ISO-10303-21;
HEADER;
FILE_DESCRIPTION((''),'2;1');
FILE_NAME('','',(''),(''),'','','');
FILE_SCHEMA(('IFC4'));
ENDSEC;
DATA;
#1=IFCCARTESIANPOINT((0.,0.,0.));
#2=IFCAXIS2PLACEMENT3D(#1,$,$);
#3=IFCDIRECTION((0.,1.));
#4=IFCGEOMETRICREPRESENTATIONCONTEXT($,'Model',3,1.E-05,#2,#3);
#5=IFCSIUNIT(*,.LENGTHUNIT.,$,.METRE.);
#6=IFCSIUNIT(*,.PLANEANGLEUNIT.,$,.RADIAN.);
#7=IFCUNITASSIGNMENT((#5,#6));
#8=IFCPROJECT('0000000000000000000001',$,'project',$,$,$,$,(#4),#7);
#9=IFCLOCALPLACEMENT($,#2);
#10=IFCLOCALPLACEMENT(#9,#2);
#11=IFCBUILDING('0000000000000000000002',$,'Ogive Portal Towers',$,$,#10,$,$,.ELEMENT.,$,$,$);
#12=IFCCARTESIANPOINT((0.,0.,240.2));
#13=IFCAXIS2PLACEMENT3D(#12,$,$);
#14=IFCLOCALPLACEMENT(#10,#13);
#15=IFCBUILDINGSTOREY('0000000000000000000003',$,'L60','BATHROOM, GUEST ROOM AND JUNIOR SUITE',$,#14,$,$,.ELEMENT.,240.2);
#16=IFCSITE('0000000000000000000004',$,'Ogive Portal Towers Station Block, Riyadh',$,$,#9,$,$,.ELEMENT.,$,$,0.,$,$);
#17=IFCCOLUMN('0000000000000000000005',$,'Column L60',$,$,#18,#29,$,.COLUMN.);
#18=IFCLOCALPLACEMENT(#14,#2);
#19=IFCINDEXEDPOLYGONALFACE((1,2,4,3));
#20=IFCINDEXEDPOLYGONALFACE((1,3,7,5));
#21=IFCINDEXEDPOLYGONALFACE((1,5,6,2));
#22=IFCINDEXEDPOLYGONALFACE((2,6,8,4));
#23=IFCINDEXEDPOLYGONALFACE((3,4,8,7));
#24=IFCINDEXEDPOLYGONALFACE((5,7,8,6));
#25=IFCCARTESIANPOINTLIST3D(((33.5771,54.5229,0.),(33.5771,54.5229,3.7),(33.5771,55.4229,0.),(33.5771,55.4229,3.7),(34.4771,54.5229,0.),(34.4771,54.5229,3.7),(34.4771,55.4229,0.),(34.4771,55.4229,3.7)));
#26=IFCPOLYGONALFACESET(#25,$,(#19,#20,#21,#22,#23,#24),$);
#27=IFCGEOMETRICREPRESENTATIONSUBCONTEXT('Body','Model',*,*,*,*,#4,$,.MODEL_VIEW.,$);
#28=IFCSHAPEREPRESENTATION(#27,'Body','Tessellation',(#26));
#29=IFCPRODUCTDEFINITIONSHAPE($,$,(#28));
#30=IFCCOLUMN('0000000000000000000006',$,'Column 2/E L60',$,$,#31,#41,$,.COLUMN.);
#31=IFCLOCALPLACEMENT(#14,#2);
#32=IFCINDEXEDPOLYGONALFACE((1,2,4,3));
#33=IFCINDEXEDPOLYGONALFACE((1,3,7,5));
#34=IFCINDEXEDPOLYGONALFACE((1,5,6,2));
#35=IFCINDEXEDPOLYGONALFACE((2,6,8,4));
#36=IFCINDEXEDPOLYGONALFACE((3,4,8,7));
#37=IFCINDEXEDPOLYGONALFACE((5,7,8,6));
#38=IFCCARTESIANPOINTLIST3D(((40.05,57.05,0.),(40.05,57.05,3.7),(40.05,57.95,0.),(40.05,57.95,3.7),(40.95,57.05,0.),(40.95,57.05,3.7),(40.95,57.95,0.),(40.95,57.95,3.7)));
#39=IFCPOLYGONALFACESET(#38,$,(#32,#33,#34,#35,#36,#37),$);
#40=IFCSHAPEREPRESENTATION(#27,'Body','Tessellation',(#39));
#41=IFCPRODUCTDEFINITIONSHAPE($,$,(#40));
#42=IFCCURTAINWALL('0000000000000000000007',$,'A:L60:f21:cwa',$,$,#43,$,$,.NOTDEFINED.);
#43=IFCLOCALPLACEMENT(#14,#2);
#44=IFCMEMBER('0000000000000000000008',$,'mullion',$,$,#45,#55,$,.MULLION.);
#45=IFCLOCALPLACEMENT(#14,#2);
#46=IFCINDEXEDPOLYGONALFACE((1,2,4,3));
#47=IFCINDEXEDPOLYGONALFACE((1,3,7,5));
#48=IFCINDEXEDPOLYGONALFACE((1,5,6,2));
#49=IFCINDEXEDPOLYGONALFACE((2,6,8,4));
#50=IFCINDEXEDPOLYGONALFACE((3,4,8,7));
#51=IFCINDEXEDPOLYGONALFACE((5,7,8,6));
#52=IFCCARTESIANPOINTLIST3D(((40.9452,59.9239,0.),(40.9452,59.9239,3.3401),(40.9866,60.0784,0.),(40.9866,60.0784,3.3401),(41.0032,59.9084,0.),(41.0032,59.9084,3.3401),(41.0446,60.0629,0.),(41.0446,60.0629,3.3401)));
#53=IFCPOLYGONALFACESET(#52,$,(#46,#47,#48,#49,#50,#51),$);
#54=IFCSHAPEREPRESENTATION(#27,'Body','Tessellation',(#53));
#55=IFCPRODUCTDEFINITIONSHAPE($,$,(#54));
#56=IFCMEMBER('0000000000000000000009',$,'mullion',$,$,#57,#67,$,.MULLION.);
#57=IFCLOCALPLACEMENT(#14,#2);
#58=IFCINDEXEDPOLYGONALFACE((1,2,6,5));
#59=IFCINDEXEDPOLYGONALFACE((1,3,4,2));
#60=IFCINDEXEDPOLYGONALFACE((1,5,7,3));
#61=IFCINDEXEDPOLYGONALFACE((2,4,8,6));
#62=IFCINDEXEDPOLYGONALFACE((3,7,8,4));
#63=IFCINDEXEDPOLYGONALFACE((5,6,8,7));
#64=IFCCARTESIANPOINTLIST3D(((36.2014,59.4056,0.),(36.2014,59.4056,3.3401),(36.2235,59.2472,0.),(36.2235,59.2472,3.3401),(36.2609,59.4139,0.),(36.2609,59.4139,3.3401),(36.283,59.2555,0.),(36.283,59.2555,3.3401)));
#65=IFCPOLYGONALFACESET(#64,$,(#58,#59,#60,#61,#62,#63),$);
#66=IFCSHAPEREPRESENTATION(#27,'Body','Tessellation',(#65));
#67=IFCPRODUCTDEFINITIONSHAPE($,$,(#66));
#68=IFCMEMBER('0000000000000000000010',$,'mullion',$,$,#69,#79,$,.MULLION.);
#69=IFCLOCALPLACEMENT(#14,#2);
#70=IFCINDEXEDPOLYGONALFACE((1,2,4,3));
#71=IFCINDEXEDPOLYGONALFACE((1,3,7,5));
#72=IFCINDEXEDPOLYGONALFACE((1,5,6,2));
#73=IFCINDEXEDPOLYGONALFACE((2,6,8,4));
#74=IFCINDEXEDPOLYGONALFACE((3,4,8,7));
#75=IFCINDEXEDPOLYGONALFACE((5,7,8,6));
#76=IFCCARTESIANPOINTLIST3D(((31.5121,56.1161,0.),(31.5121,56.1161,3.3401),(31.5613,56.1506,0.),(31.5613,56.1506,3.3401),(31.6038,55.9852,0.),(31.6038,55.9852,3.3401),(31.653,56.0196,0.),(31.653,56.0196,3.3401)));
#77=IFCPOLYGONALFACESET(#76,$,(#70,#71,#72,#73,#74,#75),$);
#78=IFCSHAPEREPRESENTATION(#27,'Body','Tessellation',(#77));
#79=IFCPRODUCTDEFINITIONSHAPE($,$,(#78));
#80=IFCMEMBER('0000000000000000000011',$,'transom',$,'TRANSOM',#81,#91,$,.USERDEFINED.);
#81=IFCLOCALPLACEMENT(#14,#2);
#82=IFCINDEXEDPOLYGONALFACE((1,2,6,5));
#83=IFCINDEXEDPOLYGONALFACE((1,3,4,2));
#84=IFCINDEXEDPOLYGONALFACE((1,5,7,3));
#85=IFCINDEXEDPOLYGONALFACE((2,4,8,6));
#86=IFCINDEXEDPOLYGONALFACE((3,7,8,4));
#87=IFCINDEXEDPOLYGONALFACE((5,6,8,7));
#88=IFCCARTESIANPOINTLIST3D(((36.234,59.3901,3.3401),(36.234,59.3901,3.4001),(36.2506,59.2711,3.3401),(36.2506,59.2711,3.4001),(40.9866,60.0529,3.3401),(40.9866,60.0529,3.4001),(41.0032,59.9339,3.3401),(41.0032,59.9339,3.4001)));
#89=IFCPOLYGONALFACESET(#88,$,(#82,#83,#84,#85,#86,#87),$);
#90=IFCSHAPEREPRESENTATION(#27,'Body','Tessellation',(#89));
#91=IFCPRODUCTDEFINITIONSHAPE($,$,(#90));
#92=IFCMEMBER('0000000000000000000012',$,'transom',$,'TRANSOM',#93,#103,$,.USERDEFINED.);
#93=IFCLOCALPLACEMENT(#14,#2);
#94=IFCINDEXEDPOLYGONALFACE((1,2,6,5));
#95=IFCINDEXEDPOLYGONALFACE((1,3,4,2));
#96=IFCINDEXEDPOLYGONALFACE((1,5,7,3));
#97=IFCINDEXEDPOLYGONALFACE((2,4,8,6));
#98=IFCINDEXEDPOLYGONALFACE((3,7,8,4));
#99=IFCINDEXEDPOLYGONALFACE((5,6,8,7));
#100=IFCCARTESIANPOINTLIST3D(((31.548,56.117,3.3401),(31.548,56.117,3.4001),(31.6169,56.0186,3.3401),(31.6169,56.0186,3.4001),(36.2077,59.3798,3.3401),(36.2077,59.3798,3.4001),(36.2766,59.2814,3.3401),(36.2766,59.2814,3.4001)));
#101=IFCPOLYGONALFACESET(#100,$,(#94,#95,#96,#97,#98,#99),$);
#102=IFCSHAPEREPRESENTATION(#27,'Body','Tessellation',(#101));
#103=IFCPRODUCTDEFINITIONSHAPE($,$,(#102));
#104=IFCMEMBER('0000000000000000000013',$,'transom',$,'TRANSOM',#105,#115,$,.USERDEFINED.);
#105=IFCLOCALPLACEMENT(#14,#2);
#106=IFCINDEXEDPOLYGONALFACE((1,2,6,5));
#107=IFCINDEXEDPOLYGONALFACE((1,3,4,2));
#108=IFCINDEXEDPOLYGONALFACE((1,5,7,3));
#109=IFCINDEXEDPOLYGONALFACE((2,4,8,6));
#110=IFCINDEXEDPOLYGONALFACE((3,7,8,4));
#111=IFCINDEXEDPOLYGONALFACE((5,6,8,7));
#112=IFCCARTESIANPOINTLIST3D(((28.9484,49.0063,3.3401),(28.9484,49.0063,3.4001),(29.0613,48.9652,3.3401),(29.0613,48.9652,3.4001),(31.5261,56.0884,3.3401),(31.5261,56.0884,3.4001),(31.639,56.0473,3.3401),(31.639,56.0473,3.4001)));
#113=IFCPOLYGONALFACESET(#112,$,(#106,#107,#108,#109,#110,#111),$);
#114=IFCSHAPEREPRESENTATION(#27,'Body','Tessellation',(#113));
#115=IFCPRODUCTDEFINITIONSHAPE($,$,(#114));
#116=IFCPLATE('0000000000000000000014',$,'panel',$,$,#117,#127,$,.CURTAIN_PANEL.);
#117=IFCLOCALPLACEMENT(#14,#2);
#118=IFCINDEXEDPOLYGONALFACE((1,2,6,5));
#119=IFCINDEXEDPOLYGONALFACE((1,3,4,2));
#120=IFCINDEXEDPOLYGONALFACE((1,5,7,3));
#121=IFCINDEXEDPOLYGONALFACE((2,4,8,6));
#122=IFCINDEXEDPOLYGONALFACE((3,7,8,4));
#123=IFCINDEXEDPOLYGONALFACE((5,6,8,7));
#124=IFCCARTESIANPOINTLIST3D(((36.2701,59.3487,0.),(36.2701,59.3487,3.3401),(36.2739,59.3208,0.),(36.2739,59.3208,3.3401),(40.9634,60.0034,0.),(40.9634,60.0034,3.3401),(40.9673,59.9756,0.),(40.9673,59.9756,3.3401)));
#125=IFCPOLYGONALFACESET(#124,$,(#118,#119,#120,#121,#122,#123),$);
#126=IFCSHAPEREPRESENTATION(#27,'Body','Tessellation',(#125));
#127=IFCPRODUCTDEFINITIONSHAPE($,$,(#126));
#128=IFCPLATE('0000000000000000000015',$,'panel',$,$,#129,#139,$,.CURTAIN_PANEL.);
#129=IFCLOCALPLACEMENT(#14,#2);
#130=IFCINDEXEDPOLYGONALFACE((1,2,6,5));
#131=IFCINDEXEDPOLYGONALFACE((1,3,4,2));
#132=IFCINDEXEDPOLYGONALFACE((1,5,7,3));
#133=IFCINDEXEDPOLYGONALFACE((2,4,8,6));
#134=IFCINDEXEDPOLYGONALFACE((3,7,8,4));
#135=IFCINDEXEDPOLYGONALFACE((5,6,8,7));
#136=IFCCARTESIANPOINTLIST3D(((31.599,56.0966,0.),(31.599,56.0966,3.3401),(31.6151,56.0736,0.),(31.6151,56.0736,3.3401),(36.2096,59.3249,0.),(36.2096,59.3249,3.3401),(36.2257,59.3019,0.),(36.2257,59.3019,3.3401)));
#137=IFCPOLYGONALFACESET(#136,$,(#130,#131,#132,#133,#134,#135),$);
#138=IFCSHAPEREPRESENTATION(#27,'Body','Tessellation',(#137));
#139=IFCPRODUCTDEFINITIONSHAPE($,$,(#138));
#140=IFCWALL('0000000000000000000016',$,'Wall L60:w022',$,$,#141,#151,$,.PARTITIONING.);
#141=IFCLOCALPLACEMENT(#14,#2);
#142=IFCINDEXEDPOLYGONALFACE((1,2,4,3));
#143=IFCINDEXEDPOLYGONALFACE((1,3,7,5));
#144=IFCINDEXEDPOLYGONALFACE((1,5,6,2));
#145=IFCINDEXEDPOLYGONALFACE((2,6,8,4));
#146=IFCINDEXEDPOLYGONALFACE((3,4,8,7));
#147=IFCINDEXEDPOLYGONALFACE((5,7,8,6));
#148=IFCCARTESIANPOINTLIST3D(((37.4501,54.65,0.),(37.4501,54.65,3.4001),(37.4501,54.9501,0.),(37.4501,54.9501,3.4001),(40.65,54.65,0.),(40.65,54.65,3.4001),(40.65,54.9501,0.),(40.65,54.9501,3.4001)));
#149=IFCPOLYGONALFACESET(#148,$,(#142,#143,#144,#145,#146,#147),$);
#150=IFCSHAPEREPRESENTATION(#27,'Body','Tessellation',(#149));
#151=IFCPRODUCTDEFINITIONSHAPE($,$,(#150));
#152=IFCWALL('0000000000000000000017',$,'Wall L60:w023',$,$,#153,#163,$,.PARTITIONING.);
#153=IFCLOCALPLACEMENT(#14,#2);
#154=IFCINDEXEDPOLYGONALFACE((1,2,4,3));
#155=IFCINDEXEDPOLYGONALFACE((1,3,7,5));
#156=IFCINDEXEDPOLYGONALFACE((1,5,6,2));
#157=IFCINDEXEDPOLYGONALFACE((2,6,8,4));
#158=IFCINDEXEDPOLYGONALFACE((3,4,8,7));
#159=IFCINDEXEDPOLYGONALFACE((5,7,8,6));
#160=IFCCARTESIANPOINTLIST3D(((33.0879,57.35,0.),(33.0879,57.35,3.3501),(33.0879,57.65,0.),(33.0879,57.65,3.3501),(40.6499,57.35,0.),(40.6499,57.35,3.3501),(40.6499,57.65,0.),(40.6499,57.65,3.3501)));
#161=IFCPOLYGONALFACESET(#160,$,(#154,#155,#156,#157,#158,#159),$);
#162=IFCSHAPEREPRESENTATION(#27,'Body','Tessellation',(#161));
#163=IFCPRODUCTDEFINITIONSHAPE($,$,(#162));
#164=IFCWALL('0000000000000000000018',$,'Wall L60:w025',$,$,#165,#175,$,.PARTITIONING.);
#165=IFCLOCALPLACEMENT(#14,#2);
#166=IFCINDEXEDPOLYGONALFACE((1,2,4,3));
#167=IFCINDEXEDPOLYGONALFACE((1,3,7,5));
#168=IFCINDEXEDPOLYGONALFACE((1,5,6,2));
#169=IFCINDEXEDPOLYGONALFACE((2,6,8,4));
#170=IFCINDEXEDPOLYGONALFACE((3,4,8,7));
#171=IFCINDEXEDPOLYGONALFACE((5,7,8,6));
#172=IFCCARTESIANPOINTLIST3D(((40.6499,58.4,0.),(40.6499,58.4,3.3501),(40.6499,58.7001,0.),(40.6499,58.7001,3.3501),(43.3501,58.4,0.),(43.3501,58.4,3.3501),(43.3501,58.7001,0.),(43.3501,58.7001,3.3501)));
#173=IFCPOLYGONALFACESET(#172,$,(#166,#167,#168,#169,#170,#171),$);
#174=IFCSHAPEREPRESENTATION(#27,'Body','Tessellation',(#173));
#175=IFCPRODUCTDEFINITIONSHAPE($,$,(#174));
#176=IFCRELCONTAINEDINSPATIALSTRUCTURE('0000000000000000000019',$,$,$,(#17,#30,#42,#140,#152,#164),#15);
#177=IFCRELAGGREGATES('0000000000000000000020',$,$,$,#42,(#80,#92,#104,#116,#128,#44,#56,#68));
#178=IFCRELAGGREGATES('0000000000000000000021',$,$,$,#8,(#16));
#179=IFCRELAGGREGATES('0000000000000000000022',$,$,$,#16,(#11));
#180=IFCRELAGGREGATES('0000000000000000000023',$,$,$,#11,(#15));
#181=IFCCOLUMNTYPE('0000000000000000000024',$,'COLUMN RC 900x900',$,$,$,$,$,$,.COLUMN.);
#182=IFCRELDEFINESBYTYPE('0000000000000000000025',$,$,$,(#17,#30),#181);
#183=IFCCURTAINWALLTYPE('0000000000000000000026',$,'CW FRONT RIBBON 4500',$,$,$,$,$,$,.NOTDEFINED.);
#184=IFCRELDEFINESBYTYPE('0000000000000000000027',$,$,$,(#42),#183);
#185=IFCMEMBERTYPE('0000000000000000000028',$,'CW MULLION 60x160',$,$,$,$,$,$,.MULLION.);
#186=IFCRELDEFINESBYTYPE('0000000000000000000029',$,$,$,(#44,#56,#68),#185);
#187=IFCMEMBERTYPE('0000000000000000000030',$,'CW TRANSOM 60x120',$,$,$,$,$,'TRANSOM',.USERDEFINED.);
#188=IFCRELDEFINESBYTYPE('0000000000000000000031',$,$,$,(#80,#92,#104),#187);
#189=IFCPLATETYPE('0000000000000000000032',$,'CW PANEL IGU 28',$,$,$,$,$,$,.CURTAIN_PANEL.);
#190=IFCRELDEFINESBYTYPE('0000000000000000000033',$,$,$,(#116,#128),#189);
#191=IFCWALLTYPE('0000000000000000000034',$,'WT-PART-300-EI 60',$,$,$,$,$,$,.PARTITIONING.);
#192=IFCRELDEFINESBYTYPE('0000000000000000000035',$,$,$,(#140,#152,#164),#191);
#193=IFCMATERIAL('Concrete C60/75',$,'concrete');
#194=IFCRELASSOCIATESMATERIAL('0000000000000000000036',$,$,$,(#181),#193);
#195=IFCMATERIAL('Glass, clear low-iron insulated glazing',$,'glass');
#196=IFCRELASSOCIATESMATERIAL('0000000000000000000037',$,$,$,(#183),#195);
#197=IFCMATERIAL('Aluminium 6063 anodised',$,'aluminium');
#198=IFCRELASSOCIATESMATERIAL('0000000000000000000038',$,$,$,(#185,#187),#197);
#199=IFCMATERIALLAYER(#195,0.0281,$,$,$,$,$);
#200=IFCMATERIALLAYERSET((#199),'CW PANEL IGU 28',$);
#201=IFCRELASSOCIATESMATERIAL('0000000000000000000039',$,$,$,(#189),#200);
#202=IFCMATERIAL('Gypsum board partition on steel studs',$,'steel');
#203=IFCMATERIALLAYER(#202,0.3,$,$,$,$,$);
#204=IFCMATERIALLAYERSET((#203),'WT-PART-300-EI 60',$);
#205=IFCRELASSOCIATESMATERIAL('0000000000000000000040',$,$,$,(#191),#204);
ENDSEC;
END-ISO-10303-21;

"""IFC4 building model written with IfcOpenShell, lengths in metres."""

from ifc_helpers import new_model, si_unit, direction, frame, frame_2d, origin, origin_2d, place, context, subcontext, project, spatial, rectangle, extrude, material, layer, layer_set, material_profile, profile_set, type_object, element, aggregate, save


model = new_model("IFC4")

# Units and contexts
model_context = context("Model", 3, precision=1e-05, world=origin(), true_north=direction((0.0, 1.0)))
body_context = subcontext(model_context, "Body", "Model", "MODEL_VIEW")
ifc_project = project(units=[si_unit("LENGTHUNIT", "METRE"), si_unit("PLANEANGLEUNIT", "RADIAN")], contexts=[model_context])

# Site, building, storey
site_placement = place(None, origin())
site = spatial("IfcSite", under=ifc_project, at=site_placement, Name="Ogive Portal Towers Station Block, Riyadh", CompositionType="ELEMENT", RefElevation=0.0)
building_placement = place(site_placement, origin())
building = spatial("IfcBuilding", under=site, at=building_placement, Name="Ogive Portal Towers", CompositionType="ELEMENT")
storey_placement = place(building_placement, frame((0.0, 0.0, 240.2)))
storey = spatial("IfcBuildingStorey", under=building, at=storey_placement, Name="L60", Description="BATHROOM, GUEST ROOM AND JUNIOR SUITE", CompositionType="ELEMENT", Elevation=240.2)

# Columns
ifc_material_1 = material(Name="Concrete C60/75", Category="concrete")
ifc_material_profile_1 = material_profile(ifc_material_1, rectangle(XDim=0.8999, YDim=0.8999, at=origin_2d()), Name="RC 900x900")
ifc_profile_set_1 = profile_set([ifc_material_profile_1], Name="Concrete C60/75")
column_type = type_object("IfcColumnType", Name="COLUMN RC 900x900", PredefinedType="COLUMN", material=ifc_profile_set_1)
for number, where, z_axis, x_axis, name in (
    (1, (34.0271, 54.9729, 0.0), (0.0, 0.0, 1.0), (1.0, 0.0, 0.0), "Column L60"),
    (2, (40.5, 57.5, 0.0), (0.0, 0.0, 1.0), (1.0, 0.0, 0.0), "Column 2/E L60"),
):
    element("IfcColumn", number, at=place(storey_placement, frame(where, z_axis=z_axis, x_axis=x_axis)), inside=storey, type_object=column_type, Name=name, PredefinedType="COLUMN", context=body_context, shape_type="SweptSolid", body=[
        extrude(rectangle(XDim=0.8999, YDim=0.8999, at=origin_2d()), origin(), (0.0, 0.0, 1.0), 3.7),
    ])

# Curtain wall, members, plates
ifc_material_2 = material(Name="Glass, clear low-iron insulated glazing", Category="glass")
curtain_wall_type = type_object("IfcCurtainWallType", Name="CW FRONT RIBBON 4500", PredefinedType="NOTDEFINED", material=ifc_material_2)
curtain_wall_placement = place(storey_placement, origin())
curtain_wall = element("IfcCurtainWall", 3, at=curtain_wall_placement, inside=storey, type_object=curtain_wall_type, Name="A:L60:f21:cwa", PredefinedType="NOTDEFINED")
ifc_material_3 = material(Name="Aluminium 6063 anodised", Category="aluminium")
ifc_material_profile_2 = material_profile(ifc_material_3, rectangle(XDim=0.1599, YDim=0.0601, at=origin_2d()), Name="AL 60x160")
ifc_profile_set_2 = profile_set([ifc_material_profile_2], Name="Aluminium 6063 anodised")
member_type_1 = type_object("IfcMemberType", Name="CW MULLION 60x160", PredefinedType="MULLION", material=ifc_profile_set_2)
member_1_placement = place(storey_placement, frame((40.9949, 59.9934, 0.0), z_axis=(0.0, 0.0, 1.0), x_axis=(-0.258819, -0.965926, 0.0)))
member_1 = element("IfcMember", 4, at=member_1_placement, type_object=member_type_1, Name="mullion", PredefinedType="MULLION", context=body_context, shape_type="SweptSolid", body=[
    extrude(rectangle(XDim=0.1599, YDim=0.0601, at=origin_2d()), origin(), (0.0, 0.0, 1.0), 3.3401),
])
member_2_placement = place(storey_placement, frame((36.2422, 59.3306, 0.0), z_axis=(0.0, 0.0, 1.0), x_axis=(0.138161, -0.99041, 0.0)))
member_2 = element("IfcMember", 5, at=member_2_placement, type_object=member_type_1, Name="mullion", PredefinedType="MULLION", context=body_context, shape_type="SweptSolid", body=[
    extrude(rectangle(XDim=0.1599, YDim=0.0601, at=origin_2d()), origin(), (0.0, 0.0, 1.0), 3.3401),
])
member_3_placement = place(storey_placement, frame((31.5825, 56.0679, 0.0), z_axis=(0.0, 0.0, 1.0), x_axis=(0.573576, -0.819152, 0.0)))
member_3 = element("IfcMember", 6, at=member_3_placement, type_object=member_type_1, Name="mullion", PredefinedType="MULLION", context=body_context, shape_type="SweptSolid", body=[
    extrude(rectangle(XDim=0.1599, YDim=0.0601, at=origin_2d()), origin(), (0.0, 0.0, 1.0), 3.3401),
])
ifc_material_profile_3 = material_profile(ifc_material_3, rectangle(XDim=0.1201, YDim=0.0601, at=origin_2d()), Name="AL 120x60")
ifc_profile_set_3 = profile_set([ifc_material_profile_3], Name="Aluminium 6063 anodised")
member_type_2 = type_object("IfcMemberType", Name="CW TRANSOM 60x120", ElementType="TRANSOM", PredefinedType="USERDEFINED", material=ifc_profile_set_3)
member_4_placement = place(storey_placement, frame((40.9949, 59.9934, 3.3701), z_axis=(-0.990414, -0.13813, 0.0), x_axis=(0.13813, -0.990414, 0.0)))
member_4 = element("IfcMember", 7, at=member_4_placement, type_object=member_type_2, Name="transom", ObjectType="TRANSOM", PredefinedType="USERDEFINED", context=body_context, shape_type="SweptSolid", body=[
    extrude(rectangle(XDim=0.1201, YDim=0.0601, at=origin_2d()), origin(), (0.0, 0.0, 1.0), 4.7986),
])
member_5_placement = place(storey_placement, frame((36.2422, 59.3306, 3.3701), z_axis=(-0.819155, -0.573572, 0.0), x_axis=(0.573572, -0.819155, 0.0)))
member_5 = element("IfcMember", 8, at=member_5_placement, type_object=member_type_2, Name="transom", ObjectType="TRANSOM", PredefinedType="USERDEFINED", context=body_context, shape_type="SweptSolid", body=[
    extrude(rectangle(XDim=0.1201, YDim=0.0601, at=origin_2d()), origin(), (0.0, 0.0, 1.0), 5.6885),
])
member_6_placement = place(storey_placement, frame((31.5825, 56.0679, 3.3701), z_axis=(-0.342019, -0.939693, 0.0), x_axis=(0.939693, -0.342019, 0.0)))
member_6 = element("IfcMember", 9, at=member_6_placement, type_object=member_type_2, Name="transom", ObjectType="TRANSOM", PredefinedType="USERDEFINED", context=body_context, shape_type="SweptSolid", body=[
    extrude(rectangle(XDim=0.1201, YDim=0.0601, at=origin_2d()), origin(), (0.0, 0.0, 1.0), 7.5366),
])
ifc_layer_1 = layer(ifc_material_2, 0.0281)
ifc_layer_set_1 = layer_set([ifc_layer_1], Name="CW PANEL IGU 28")
plate_type = type_object("IfcPlateType", Name="CW PANEL IGU 28", PredefinedType="CURTAIN_PANEL", material=ifc_layer_set_1)
plate_1_placement = place(storey_placement, frame((38.6187, 59.6621, 0.0), z_axis=(0.0, 0.0, 1.0), x_axis=(-0.99041, -0.138161, 0.0)))
plate_1 = element("IfcPlate", 10, at=plate_1_placement, type_object=plate_type, Name="panel", PredefinedType="CURTAIN_PANEL", context=body_context, shape_type="SweptSolid", body=[
    extrude(rectangle(XDim=4.7388, YDim=0.0281, at=origin_2d()), origin(), (0.0, 0.0, 1.0), 3.3401),
])
plate_2_placement = place(storey_placement, frame((33.9124, 57.6992, 0.0), z_axis=(0.0, 0.0, 1.0), x_axis=(-0.819152, -0.573576, 0.0)))
plate_2 = element("IfcPlate", 11, at=plate_2_placement, type_object=plate_type, Name="panel", PredefinedType="CURTAIN_PANEL", context=body_context, shape_type="SweptSolid", body=[
    extrude(rectangle(XDim=5.6284, YDim=0.0281, at=origin_2d()), origin(), (0.0, 0.0, 1.0), 3.3401),
])
aggregate(curtain_wall, [member_4, member_5, member_6, plate_1, plate_2, member_1, member_2, member_3])

# Walls
ifc_material_4 = material(Name="Gypsum board partition on steel studs", Category="steel")
ifc_layer_2 = layer(ifc_material_4, 0.3)
ifc_layer_set_2 = layer_set([ifc_layer_2], Name="WT-PART-300-EI 60")
wall_type = type_object("IfcWallType", Name="WT-PART-300-EI 60", PredefinedType="PARTITIONING", material=ifc_layer_set_2)
wall_1_placement = place(storey_placement, frame((37.45, 54.8, 0.0), z_axis=(0.0, 0.0, 1.0), x_axis=(1.0, 0.0, 0.0)))
element("IfcWall", 12, at=wall_1_placement, inside=storey, type_object=wall_type, Name="Wall L60:w022", PredefinedType="PARTITIONING", context=body_context, shape_type="SweptSolid", body=[
    extrude(rectangle(XDim=3.2, YDim=0.3, at=frame_2d((1.6001, 0.0))), origin(), (0.0, 0.0, 1.0), 3.4001),
])
wall_2_placement = place(storey_placement, frame((33.0879, 57.5, 0.0), z_axis=(0.0, 0.0, 1.0), x_axis=(1.0, 0.0, 0.0)))
element("IfcWall", 13, at=wall_2_placement, inside=storey, type_object=wall_type, Name="Wall L60:w023", PredefinedType="PARTITIONING", context=body_context, shape_type="SweptSolid", body=[
    extrude(rectangle(XDim=7.562, YDim=0.3, at=frame_2d((3.781, 0.0))), origin(), (0.0, 0.0, 1.0), 3.3501),
])
wall_3_placement = place(storey_placement, frame((40.6499, 58.55, 0.0), z_axis=(0.0, 0.0, 1.0), x_axis=(1.0, 0.0, 0.0)))
element("IfcWall", 14, at=wall_3_placement, inside=storey, type_object=wall_type, Name="Wall L60:w025", PredefinedType="PARTITIONING", context=body_context, shape_type="SweptSolid", body=[
    extrude(rectangle(XDim=2.7002, YDim=0.3, at=frame_2d((1.3501, 0.0))), origin(), (0.0, 0.0, 1.0), 3.3501),
])

save(model, "model.ifc")
